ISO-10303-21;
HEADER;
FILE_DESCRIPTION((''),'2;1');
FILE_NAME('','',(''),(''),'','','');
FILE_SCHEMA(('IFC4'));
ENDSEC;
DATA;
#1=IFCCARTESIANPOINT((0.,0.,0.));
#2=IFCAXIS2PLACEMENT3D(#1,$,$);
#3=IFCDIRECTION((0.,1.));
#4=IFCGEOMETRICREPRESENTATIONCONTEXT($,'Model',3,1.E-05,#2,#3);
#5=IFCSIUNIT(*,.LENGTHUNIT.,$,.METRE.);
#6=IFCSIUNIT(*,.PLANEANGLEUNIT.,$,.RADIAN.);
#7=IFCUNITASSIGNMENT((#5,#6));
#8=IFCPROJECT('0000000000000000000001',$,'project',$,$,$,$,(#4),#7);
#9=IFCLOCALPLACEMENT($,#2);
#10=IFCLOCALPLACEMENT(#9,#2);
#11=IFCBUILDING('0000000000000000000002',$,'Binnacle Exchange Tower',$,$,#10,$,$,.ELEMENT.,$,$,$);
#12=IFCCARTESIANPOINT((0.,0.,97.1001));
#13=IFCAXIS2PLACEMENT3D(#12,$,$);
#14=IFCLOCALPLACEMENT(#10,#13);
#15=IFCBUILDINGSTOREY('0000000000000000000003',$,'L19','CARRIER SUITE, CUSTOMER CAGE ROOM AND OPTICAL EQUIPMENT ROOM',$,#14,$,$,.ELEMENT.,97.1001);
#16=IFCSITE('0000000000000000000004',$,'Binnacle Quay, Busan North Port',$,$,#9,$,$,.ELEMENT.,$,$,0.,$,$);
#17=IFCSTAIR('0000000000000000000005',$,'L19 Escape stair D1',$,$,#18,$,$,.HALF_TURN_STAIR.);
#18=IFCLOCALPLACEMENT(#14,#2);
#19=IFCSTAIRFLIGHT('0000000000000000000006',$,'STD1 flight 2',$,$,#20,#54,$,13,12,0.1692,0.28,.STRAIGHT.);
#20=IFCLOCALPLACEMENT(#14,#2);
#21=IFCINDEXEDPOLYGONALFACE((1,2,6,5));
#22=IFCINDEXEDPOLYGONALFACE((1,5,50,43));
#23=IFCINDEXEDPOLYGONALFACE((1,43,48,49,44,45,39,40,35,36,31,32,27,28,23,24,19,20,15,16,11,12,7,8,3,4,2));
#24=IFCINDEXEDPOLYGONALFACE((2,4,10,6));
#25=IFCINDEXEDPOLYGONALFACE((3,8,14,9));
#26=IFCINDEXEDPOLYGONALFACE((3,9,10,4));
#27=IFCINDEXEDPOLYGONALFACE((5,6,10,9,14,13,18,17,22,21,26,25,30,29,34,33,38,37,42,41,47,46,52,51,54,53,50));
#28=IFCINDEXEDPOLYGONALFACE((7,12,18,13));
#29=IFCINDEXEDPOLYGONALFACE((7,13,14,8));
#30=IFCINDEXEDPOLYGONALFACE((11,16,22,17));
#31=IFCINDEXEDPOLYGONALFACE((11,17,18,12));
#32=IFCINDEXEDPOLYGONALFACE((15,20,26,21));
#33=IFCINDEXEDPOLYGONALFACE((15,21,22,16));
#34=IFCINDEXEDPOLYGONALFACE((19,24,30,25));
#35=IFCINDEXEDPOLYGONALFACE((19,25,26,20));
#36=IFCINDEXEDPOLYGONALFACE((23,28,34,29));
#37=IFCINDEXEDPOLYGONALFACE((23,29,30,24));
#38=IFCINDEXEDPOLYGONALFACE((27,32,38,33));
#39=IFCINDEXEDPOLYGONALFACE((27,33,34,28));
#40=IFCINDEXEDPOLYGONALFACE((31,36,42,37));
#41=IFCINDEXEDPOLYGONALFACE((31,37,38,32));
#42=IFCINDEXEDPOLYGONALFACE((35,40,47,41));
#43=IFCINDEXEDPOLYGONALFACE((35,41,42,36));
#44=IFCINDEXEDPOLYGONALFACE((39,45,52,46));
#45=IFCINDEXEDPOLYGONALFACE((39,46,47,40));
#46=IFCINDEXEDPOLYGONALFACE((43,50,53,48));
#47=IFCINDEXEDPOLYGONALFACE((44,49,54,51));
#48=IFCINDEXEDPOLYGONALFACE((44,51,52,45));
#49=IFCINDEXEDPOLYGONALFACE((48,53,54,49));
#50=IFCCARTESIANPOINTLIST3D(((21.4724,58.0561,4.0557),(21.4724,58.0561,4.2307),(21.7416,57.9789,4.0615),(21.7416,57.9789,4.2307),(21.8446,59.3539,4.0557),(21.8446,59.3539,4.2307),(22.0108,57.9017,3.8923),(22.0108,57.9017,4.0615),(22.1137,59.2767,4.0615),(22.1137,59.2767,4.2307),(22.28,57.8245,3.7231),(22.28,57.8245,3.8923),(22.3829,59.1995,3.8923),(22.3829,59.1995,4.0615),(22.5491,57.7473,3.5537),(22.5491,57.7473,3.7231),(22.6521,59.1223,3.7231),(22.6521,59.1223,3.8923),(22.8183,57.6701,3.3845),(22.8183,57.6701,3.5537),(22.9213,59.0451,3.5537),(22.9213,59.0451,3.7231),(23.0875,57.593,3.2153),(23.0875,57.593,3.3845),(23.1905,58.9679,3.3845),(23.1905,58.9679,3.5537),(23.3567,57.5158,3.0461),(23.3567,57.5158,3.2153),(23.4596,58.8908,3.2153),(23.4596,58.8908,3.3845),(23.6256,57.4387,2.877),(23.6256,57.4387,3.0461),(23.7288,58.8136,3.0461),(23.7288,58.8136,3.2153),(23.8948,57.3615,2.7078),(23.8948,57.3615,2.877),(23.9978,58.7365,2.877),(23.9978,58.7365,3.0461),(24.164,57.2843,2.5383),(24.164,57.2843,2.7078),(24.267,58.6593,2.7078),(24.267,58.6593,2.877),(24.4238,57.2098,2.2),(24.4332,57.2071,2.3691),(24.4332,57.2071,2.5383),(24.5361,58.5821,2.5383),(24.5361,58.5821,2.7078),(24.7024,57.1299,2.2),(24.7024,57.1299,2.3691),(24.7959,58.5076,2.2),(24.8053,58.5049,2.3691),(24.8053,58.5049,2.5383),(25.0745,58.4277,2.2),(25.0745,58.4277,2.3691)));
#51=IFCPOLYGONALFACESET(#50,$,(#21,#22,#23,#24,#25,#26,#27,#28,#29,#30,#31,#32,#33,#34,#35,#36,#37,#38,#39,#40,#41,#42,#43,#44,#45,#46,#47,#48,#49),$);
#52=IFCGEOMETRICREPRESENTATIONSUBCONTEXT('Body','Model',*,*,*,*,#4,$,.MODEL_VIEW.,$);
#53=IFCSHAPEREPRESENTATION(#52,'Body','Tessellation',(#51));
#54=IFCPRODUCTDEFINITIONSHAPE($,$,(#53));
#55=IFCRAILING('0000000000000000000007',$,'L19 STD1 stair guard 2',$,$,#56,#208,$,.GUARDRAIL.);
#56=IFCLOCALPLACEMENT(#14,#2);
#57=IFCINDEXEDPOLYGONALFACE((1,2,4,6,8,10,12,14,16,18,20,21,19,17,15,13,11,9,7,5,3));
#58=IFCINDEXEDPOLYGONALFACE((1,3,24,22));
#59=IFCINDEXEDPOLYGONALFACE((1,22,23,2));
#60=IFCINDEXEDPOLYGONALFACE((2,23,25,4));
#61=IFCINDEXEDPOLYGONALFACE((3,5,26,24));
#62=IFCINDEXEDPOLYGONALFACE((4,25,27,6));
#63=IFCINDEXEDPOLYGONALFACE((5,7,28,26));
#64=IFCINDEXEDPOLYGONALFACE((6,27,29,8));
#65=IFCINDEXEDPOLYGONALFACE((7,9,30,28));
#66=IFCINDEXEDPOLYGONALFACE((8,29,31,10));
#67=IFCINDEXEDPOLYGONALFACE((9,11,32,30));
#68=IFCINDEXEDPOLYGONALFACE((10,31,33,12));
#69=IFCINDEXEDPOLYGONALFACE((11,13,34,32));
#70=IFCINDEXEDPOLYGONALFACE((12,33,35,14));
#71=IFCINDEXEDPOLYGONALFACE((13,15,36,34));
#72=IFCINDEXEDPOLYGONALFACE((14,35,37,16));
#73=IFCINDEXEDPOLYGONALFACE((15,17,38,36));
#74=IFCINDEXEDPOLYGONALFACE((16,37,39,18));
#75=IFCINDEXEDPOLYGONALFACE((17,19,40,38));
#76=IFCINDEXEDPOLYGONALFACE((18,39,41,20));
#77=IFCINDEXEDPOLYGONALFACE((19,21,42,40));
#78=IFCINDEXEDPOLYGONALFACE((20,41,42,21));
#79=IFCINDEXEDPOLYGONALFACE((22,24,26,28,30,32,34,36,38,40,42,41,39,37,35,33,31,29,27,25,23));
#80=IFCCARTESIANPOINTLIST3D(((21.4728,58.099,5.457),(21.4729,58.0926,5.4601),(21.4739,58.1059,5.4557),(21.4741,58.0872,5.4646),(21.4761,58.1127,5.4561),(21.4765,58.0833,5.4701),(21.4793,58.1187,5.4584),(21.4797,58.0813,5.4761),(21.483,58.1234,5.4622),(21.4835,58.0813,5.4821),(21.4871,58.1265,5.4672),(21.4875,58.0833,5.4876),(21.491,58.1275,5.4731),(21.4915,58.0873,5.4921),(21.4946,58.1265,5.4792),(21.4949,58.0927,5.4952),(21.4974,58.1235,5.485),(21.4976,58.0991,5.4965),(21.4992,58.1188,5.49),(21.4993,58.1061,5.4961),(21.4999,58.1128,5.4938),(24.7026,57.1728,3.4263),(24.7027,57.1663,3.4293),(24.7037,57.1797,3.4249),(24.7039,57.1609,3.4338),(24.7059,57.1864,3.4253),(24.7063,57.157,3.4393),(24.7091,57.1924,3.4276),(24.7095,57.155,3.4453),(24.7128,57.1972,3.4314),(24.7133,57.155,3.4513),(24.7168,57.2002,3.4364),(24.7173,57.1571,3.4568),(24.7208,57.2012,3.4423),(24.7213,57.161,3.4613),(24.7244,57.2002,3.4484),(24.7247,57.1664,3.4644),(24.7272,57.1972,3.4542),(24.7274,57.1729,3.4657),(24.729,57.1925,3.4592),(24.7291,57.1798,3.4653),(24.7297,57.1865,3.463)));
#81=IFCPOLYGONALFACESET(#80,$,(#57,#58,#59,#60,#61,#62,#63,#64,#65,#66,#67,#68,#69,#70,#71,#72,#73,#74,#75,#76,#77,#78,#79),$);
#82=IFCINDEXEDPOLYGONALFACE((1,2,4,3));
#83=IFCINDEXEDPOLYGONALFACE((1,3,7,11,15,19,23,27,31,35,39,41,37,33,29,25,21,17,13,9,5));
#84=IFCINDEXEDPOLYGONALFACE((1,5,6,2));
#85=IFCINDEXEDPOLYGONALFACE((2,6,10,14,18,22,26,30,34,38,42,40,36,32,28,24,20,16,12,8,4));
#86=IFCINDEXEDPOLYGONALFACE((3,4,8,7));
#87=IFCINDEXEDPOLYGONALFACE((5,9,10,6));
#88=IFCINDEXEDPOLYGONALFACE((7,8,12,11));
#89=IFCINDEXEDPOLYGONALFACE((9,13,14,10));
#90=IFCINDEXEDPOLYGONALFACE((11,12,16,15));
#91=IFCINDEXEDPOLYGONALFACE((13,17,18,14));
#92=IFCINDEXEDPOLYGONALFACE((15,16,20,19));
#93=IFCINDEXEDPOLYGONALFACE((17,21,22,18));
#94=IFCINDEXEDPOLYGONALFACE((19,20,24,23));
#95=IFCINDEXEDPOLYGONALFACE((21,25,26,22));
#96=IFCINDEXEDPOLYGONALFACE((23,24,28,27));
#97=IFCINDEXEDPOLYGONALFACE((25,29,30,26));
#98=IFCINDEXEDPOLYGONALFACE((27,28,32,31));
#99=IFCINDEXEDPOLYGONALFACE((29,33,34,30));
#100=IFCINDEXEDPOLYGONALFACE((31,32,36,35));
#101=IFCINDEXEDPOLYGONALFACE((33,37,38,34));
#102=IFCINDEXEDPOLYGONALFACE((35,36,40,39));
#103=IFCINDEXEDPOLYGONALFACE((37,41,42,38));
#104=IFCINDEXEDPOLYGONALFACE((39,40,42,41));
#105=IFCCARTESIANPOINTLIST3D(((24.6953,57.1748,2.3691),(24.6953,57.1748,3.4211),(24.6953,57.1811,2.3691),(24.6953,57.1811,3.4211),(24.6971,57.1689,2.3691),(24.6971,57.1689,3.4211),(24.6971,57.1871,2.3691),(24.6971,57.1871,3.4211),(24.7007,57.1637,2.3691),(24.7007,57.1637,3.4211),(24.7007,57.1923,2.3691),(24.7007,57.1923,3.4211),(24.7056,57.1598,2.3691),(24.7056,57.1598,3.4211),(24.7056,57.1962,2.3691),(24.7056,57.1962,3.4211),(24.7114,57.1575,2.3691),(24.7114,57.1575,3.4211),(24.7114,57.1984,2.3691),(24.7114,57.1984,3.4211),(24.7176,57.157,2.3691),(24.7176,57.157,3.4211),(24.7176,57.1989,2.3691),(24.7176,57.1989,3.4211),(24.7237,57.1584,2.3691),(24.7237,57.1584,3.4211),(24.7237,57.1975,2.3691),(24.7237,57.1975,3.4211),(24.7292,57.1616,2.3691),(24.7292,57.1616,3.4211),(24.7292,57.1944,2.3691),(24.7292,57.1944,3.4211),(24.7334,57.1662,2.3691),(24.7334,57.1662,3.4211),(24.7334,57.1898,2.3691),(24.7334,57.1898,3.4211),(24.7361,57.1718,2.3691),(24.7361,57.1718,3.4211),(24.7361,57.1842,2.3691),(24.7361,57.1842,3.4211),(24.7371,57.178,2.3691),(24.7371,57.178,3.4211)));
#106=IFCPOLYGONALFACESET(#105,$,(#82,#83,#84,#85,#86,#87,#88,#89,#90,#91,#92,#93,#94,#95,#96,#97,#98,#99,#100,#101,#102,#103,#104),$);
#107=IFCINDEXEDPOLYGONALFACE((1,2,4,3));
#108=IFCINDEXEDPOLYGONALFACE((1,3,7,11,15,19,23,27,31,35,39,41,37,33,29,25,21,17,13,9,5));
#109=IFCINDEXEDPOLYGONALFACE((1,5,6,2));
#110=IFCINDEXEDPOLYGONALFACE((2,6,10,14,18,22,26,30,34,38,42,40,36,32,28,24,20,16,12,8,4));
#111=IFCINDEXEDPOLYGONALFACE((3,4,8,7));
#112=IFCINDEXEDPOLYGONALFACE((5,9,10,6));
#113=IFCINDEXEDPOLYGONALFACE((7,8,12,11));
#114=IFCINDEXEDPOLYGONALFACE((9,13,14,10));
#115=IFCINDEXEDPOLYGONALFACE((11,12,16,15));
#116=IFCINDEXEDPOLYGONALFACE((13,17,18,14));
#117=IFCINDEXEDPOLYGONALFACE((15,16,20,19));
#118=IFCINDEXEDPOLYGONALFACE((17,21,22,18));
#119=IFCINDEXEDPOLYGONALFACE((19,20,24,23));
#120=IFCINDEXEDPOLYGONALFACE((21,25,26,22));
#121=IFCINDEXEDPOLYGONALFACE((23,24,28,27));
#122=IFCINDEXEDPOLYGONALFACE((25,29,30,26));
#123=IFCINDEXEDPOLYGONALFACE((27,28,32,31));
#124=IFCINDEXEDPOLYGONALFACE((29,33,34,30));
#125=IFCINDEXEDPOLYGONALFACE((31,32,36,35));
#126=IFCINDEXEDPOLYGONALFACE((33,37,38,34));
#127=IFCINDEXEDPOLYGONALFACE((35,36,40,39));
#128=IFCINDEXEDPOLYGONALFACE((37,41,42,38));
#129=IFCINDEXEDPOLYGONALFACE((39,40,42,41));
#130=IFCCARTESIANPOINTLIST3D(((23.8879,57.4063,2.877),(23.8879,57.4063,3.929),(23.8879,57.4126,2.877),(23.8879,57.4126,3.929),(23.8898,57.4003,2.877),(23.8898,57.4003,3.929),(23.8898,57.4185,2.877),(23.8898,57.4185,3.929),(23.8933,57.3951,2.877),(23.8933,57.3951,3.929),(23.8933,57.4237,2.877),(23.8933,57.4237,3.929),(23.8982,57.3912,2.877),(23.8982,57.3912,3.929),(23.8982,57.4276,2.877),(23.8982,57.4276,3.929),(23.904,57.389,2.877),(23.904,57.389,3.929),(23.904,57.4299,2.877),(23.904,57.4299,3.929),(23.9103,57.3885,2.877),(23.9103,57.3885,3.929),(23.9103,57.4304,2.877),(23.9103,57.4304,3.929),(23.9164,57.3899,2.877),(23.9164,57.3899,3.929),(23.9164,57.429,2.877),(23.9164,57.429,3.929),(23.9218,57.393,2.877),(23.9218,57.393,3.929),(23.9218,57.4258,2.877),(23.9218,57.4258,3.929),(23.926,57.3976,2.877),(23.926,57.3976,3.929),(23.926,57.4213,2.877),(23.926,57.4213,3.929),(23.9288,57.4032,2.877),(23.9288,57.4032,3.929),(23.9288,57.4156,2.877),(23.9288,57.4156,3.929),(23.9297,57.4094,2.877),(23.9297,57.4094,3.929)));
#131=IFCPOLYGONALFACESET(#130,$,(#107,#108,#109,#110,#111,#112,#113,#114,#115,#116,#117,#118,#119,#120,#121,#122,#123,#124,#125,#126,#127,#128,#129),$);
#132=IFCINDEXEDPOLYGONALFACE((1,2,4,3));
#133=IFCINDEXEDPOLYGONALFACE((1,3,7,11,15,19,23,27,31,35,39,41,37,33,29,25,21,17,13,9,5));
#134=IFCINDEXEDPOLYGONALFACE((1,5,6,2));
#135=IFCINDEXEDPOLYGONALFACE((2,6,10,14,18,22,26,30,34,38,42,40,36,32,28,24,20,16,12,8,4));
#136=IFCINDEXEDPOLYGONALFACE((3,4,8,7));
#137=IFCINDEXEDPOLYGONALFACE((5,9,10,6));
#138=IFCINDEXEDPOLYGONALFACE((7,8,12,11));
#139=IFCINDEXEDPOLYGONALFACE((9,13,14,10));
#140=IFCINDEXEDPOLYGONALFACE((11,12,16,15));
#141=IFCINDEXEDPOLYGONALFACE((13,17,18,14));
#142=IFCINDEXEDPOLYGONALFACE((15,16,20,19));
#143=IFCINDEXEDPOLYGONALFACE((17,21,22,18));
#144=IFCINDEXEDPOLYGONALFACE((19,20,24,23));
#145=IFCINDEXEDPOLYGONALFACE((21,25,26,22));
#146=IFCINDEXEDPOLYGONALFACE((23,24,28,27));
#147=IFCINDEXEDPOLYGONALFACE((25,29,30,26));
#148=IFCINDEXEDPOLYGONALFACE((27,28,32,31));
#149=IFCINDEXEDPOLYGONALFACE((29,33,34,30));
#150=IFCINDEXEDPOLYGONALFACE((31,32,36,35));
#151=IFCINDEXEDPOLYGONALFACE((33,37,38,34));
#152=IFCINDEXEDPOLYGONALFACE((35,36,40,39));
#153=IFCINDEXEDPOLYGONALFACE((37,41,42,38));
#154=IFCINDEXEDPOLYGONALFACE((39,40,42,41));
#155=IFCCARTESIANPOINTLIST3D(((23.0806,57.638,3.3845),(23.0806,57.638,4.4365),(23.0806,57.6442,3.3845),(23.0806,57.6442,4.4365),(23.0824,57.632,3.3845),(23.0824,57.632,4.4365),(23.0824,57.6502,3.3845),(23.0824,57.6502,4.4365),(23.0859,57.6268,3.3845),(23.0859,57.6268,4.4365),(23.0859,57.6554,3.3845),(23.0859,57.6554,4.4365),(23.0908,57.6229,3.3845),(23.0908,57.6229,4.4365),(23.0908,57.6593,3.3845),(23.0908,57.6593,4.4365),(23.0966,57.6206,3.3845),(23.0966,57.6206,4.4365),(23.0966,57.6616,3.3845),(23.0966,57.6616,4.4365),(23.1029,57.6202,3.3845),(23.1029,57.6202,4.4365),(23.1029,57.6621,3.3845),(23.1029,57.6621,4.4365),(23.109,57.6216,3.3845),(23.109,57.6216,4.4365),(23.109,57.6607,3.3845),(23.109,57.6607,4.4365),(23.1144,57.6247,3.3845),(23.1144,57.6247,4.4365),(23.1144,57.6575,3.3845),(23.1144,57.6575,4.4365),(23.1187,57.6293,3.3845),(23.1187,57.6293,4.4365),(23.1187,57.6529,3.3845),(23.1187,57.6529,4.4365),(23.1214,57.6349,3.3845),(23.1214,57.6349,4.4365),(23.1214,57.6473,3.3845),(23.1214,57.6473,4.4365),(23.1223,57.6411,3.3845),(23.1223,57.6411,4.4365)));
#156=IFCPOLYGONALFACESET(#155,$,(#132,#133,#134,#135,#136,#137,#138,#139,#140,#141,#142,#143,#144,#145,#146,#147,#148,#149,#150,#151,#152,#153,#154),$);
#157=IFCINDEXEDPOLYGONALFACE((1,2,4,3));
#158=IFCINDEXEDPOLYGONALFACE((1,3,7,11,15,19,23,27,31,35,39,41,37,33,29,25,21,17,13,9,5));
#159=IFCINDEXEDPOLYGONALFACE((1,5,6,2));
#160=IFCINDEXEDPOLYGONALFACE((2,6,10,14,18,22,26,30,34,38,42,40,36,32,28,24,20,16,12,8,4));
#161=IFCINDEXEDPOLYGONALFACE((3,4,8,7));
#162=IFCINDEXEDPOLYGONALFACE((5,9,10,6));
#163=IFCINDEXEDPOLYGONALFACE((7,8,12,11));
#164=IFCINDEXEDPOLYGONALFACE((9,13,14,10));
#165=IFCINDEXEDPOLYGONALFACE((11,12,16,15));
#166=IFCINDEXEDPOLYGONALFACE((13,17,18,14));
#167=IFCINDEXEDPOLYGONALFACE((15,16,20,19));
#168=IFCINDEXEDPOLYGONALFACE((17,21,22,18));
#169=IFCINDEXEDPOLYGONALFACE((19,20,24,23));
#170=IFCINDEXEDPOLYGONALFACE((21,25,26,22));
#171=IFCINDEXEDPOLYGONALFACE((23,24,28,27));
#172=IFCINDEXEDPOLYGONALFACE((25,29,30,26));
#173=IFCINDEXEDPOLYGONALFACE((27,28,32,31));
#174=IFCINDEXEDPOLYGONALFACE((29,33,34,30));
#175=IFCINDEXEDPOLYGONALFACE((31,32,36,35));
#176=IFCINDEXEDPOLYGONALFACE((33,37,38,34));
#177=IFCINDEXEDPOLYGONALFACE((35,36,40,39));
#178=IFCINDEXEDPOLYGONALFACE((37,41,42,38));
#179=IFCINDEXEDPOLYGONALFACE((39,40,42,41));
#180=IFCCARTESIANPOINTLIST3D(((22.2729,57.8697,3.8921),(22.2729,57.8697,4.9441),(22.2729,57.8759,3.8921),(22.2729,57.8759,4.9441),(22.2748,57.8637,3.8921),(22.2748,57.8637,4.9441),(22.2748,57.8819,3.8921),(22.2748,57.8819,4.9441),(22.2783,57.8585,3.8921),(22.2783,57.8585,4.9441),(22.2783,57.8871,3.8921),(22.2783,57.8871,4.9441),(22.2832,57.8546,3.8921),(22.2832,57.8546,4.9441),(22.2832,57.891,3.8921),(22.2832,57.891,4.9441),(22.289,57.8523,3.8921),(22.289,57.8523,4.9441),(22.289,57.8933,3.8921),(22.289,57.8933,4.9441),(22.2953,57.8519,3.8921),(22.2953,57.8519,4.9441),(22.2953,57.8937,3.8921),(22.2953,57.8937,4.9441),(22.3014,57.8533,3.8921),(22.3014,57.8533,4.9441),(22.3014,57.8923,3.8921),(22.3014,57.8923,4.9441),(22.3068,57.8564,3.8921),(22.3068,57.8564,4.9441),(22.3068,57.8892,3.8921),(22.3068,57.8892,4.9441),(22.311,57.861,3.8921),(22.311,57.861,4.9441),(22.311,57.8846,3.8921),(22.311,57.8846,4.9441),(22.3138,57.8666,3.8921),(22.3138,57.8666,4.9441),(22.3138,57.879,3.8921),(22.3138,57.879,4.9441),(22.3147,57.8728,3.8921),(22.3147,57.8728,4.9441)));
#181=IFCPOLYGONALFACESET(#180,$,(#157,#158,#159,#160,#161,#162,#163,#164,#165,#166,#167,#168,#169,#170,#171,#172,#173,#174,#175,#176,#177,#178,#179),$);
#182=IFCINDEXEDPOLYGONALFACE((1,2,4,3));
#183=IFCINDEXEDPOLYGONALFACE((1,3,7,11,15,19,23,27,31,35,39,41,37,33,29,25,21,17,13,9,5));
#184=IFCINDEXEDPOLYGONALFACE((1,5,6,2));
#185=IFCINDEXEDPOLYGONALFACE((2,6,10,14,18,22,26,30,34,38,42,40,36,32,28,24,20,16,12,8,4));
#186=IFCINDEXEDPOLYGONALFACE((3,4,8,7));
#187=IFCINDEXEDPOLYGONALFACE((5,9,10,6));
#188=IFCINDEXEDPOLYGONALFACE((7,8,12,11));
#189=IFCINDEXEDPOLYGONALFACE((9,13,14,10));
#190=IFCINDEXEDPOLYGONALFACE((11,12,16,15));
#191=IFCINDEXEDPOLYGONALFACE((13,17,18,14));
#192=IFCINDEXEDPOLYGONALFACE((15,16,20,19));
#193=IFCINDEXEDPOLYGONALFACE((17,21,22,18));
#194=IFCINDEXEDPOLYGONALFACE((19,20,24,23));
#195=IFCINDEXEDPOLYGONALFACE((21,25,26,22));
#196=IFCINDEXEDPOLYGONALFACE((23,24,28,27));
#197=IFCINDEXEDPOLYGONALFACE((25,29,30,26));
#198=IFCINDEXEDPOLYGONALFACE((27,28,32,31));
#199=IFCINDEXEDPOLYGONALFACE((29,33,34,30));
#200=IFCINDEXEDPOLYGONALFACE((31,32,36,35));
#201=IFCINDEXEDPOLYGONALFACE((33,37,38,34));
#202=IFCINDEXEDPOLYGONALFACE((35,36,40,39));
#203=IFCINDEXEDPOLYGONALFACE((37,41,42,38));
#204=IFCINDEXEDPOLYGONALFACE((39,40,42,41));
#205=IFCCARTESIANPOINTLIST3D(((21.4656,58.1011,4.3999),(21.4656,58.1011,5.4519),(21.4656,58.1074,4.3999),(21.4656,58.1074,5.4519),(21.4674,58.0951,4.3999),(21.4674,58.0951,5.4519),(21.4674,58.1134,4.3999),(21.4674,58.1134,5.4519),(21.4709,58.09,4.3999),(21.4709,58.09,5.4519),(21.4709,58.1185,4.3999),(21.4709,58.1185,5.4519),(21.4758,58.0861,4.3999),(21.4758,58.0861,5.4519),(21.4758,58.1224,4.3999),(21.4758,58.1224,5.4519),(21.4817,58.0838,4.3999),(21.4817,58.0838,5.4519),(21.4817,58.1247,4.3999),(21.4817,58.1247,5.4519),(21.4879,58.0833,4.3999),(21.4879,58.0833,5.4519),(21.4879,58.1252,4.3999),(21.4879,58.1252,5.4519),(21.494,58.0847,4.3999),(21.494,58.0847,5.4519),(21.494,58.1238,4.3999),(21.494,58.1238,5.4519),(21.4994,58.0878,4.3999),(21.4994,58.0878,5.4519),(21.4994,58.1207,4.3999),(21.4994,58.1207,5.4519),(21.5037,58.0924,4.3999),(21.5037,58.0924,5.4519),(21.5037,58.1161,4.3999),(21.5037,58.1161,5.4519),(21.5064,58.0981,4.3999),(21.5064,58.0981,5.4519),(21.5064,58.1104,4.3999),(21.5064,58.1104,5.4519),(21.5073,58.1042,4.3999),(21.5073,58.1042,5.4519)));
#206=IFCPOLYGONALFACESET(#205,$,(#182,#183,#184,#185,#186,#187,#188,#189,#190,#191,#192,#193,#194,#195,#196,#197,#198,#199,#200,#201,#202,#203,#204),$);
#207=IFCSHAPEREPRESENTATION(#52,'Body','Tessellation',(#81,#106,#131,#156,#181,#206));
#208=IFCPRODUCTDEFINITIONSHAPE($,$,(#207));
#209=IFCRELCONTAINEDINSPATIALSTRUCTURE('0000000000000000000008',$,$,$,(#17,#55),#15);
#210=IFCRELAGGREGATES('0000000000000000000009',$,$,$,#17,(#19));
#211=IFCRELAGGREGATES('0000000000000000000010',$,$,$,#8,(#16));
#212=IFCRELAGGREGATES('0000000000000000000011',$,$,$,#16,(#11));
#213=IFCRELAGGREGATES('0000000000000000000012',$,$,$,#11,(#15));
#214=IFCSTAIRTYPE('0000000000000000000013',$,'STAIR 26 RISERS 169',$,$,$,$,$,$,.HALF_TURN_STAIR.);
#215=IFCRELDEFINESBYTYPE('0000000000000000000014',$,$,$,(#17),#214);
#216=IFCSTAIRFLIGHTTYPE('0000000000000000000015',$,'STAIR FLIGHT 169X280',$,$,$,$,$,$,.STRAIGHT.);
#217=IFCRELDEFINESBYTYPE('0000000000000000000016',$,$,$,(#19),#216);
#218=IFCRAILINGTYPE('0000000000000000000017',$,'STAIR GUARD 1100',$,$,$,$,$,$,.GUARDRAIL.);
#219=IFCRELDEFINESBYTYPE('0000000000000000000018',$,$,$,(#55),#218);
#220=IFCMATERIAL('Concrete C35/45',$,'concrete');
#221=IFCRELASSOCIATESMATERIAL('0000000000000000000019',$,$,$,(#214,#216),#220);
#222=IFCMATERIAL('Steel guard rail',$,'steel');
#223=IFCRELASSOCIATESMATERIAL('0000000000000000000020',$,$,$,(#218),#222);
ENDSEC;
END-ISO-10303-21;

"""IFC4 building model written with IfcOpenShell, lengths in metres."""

from ifc_helpers import new_model, si_unit, direction, frame, origin, origin_2d, place, context, subcontext, project, spatial, polyline, circle, outline, extrude, material, type_object, element, aggregate, save


model = new_model("IFC4")

# Units and contexts
model_context = context("Model", 3, precision=1e-05, world=origin(), true_north=direction((0.0, 1.0)))
body_context = subcontext(model_context, "Body", "Model", "MODEL_VIEW")
ifc_project = project(units=[si_unit("LENGTHUNIT", "METRE"), si_unit("PLANEANGLEUNIT", "RADIAN")], contexts=[model_context])

# Site, building, storey
site_placement = place(None, origin())
site = spatial("IfcSite", under=ifc_project, at=site_placement, Name="Binnacle Quay, Busan North Port", CompositionType="ELEMENT", RefElevation=0.0)
building_placement = place(site_placement, origin())
building = spatial("IfcBuilding", under=site, at=building_placement, Name="Binnacle Exchange Tower", CompositionType="ELEMENT")
storey_placement = place(building_placement, frame((0.0, 0.0, 97.1001)))
storey = spatial("IfcBuildingStorey", under=building, at=storey_placement, Name="L19", Description="CARRIER SUITE, CUSTOMER CAGE ROOM AND OPTICAL EQUIPMENT ROOM", CompositionType="ELEMENT", Elevation=97.1001)

# Stair, stair flight
ifc_material_1 = material(Name="Concrete C35/45", Category="concrete")
stair_type = type_object("IfcStairType", Name="STAIR 26 RISERS 169", PredefinedType="HALF_TURN_STAIR", material=ifc_material_1)
stair_placement = place(storey_placement, origin())
stair = element("IfcStair", 1, at=stair_placement, inside=storey, type_object=stair_type, Name="L19 Escape stair D1", PredefinedType="HALF_TURN_STAIR")
stair_flight_type = type_object("IfcStairFlightType", Name="STAIR FLIGHT 169X280", PredefinedType="STRAIGHT", material=ifc_material_1)
stair_flight_1_placement = place(storey_placement, frame((24.8884, 57.7788, 2.2), z_axis=(0.0, 0.0, 1.0), x_axis=(-0.961262, 0.275637, 0.0)))
stair_flight_1 = element("IfcStairFlight", 2, at=stair_flight_1_placement, type_object=stair_flight_type, Name="STD1 flight 2", NumberOfRisers=13, NumberOfTreads=12, PredefinedType="STRAIGHT", RiserHeight=0.1692, TreadLength=0.28, context=body_context, shape_type="SweptSolid", body=[
    extrude(outline(polyline([(0.0, 0.0), (0.0, 0.1692), (0.28, 0.1692), (0.28, 0.3384), (0.5601, 0.3384), (0.5601, 0.5078), (0.8401, 0.5078), (0.8401, 0.677), (1.1201, 0.677), (1.1201, 0.8462), (1.3999, 0.8462), (1.3999, 1.0154), (1.6799, 1.0154), (1.6799, 1.1846), (1.96, 1.1846), (1.96, 1.3538), (2.24, 1.3538), (2.24, 1.5232), (2.52, 1.5232), (2.52, 1.6924), (2.8, 1.6924), (2.8, 1.8616), (3.0801, 1.8616), (3.0801, 2.0308), (3.3601, 2.0308), (3.3601, 2.2), (3.3601, 1.8557), (0.2898, 0.0), (0.0, 0.0)])), frame((0.0, 0.675, 0.0), z_axis=(0.0, -1.0, 0.0), x_axis=(1.0, 0.0, 0.0)), (0.0, 0.0, 1.0), 1.3501),
])
aggregate(stair, [stair_flight_1])

# Railing
ifc_material_2 = material(Name="Steel guard rail", Category="steel")
railing_type_1 = type_object("IfcRailingType", Name="STAIR GUARD 1100", PredefinedType="GUARDRAIL", material=ifc_material_2)
railing_1_placement = place(storey_placement, frame((24.7161, 57.178, 2.3691)))
element("IfcRailing", 3, at=railing_1_placement, inside=storey, type_object=railing_type_1, Name="L19 STD1 stair guard 2", PredefinedType="GUARDRAIL", context=body_context, shape_type="SweptSolid", body=[
    extrude(circle(Radius=0.0239, at=origin_2d()), frame((0.0, 0.0, 1.0762), z_axis=(-0.822661, 0.235935, 0.517265), x_axis=(-0.275681, -0.961249, 0.0)), (0.0, 0.0, 1.0), 3.926),
    extrude(circle(Radius=0.021, at=origin_2d()), origin(), (0.0, 0.0, 1.0), 1.052),
    extrude(circle(Radius=0.021, at=origin_2d()), frame((-0.8074, 0.2314, 0.5078)), (0.0, 0.0, 1.0), 1.052),
    extrude(circle(Radius=0.021, at=origin_2d()), frame((-1.6147, 0.4631, 1.0154)), (0.0, 0.0, 1.0), 1.052),
    extrude(circle(Radius=0.021, at=origin_2d()), frame((-2.4224, 0.6948, 1.5229)), (0.0, 0.0, 1.0), 1.052),
    extrude(circle(Radius=0.021, at=origin_2d()), frame((-3.2297, 0.9263, 2.0308)), (0.0, 0.0, 1.0), 1.052),
])

save(model, "model.ifc")
